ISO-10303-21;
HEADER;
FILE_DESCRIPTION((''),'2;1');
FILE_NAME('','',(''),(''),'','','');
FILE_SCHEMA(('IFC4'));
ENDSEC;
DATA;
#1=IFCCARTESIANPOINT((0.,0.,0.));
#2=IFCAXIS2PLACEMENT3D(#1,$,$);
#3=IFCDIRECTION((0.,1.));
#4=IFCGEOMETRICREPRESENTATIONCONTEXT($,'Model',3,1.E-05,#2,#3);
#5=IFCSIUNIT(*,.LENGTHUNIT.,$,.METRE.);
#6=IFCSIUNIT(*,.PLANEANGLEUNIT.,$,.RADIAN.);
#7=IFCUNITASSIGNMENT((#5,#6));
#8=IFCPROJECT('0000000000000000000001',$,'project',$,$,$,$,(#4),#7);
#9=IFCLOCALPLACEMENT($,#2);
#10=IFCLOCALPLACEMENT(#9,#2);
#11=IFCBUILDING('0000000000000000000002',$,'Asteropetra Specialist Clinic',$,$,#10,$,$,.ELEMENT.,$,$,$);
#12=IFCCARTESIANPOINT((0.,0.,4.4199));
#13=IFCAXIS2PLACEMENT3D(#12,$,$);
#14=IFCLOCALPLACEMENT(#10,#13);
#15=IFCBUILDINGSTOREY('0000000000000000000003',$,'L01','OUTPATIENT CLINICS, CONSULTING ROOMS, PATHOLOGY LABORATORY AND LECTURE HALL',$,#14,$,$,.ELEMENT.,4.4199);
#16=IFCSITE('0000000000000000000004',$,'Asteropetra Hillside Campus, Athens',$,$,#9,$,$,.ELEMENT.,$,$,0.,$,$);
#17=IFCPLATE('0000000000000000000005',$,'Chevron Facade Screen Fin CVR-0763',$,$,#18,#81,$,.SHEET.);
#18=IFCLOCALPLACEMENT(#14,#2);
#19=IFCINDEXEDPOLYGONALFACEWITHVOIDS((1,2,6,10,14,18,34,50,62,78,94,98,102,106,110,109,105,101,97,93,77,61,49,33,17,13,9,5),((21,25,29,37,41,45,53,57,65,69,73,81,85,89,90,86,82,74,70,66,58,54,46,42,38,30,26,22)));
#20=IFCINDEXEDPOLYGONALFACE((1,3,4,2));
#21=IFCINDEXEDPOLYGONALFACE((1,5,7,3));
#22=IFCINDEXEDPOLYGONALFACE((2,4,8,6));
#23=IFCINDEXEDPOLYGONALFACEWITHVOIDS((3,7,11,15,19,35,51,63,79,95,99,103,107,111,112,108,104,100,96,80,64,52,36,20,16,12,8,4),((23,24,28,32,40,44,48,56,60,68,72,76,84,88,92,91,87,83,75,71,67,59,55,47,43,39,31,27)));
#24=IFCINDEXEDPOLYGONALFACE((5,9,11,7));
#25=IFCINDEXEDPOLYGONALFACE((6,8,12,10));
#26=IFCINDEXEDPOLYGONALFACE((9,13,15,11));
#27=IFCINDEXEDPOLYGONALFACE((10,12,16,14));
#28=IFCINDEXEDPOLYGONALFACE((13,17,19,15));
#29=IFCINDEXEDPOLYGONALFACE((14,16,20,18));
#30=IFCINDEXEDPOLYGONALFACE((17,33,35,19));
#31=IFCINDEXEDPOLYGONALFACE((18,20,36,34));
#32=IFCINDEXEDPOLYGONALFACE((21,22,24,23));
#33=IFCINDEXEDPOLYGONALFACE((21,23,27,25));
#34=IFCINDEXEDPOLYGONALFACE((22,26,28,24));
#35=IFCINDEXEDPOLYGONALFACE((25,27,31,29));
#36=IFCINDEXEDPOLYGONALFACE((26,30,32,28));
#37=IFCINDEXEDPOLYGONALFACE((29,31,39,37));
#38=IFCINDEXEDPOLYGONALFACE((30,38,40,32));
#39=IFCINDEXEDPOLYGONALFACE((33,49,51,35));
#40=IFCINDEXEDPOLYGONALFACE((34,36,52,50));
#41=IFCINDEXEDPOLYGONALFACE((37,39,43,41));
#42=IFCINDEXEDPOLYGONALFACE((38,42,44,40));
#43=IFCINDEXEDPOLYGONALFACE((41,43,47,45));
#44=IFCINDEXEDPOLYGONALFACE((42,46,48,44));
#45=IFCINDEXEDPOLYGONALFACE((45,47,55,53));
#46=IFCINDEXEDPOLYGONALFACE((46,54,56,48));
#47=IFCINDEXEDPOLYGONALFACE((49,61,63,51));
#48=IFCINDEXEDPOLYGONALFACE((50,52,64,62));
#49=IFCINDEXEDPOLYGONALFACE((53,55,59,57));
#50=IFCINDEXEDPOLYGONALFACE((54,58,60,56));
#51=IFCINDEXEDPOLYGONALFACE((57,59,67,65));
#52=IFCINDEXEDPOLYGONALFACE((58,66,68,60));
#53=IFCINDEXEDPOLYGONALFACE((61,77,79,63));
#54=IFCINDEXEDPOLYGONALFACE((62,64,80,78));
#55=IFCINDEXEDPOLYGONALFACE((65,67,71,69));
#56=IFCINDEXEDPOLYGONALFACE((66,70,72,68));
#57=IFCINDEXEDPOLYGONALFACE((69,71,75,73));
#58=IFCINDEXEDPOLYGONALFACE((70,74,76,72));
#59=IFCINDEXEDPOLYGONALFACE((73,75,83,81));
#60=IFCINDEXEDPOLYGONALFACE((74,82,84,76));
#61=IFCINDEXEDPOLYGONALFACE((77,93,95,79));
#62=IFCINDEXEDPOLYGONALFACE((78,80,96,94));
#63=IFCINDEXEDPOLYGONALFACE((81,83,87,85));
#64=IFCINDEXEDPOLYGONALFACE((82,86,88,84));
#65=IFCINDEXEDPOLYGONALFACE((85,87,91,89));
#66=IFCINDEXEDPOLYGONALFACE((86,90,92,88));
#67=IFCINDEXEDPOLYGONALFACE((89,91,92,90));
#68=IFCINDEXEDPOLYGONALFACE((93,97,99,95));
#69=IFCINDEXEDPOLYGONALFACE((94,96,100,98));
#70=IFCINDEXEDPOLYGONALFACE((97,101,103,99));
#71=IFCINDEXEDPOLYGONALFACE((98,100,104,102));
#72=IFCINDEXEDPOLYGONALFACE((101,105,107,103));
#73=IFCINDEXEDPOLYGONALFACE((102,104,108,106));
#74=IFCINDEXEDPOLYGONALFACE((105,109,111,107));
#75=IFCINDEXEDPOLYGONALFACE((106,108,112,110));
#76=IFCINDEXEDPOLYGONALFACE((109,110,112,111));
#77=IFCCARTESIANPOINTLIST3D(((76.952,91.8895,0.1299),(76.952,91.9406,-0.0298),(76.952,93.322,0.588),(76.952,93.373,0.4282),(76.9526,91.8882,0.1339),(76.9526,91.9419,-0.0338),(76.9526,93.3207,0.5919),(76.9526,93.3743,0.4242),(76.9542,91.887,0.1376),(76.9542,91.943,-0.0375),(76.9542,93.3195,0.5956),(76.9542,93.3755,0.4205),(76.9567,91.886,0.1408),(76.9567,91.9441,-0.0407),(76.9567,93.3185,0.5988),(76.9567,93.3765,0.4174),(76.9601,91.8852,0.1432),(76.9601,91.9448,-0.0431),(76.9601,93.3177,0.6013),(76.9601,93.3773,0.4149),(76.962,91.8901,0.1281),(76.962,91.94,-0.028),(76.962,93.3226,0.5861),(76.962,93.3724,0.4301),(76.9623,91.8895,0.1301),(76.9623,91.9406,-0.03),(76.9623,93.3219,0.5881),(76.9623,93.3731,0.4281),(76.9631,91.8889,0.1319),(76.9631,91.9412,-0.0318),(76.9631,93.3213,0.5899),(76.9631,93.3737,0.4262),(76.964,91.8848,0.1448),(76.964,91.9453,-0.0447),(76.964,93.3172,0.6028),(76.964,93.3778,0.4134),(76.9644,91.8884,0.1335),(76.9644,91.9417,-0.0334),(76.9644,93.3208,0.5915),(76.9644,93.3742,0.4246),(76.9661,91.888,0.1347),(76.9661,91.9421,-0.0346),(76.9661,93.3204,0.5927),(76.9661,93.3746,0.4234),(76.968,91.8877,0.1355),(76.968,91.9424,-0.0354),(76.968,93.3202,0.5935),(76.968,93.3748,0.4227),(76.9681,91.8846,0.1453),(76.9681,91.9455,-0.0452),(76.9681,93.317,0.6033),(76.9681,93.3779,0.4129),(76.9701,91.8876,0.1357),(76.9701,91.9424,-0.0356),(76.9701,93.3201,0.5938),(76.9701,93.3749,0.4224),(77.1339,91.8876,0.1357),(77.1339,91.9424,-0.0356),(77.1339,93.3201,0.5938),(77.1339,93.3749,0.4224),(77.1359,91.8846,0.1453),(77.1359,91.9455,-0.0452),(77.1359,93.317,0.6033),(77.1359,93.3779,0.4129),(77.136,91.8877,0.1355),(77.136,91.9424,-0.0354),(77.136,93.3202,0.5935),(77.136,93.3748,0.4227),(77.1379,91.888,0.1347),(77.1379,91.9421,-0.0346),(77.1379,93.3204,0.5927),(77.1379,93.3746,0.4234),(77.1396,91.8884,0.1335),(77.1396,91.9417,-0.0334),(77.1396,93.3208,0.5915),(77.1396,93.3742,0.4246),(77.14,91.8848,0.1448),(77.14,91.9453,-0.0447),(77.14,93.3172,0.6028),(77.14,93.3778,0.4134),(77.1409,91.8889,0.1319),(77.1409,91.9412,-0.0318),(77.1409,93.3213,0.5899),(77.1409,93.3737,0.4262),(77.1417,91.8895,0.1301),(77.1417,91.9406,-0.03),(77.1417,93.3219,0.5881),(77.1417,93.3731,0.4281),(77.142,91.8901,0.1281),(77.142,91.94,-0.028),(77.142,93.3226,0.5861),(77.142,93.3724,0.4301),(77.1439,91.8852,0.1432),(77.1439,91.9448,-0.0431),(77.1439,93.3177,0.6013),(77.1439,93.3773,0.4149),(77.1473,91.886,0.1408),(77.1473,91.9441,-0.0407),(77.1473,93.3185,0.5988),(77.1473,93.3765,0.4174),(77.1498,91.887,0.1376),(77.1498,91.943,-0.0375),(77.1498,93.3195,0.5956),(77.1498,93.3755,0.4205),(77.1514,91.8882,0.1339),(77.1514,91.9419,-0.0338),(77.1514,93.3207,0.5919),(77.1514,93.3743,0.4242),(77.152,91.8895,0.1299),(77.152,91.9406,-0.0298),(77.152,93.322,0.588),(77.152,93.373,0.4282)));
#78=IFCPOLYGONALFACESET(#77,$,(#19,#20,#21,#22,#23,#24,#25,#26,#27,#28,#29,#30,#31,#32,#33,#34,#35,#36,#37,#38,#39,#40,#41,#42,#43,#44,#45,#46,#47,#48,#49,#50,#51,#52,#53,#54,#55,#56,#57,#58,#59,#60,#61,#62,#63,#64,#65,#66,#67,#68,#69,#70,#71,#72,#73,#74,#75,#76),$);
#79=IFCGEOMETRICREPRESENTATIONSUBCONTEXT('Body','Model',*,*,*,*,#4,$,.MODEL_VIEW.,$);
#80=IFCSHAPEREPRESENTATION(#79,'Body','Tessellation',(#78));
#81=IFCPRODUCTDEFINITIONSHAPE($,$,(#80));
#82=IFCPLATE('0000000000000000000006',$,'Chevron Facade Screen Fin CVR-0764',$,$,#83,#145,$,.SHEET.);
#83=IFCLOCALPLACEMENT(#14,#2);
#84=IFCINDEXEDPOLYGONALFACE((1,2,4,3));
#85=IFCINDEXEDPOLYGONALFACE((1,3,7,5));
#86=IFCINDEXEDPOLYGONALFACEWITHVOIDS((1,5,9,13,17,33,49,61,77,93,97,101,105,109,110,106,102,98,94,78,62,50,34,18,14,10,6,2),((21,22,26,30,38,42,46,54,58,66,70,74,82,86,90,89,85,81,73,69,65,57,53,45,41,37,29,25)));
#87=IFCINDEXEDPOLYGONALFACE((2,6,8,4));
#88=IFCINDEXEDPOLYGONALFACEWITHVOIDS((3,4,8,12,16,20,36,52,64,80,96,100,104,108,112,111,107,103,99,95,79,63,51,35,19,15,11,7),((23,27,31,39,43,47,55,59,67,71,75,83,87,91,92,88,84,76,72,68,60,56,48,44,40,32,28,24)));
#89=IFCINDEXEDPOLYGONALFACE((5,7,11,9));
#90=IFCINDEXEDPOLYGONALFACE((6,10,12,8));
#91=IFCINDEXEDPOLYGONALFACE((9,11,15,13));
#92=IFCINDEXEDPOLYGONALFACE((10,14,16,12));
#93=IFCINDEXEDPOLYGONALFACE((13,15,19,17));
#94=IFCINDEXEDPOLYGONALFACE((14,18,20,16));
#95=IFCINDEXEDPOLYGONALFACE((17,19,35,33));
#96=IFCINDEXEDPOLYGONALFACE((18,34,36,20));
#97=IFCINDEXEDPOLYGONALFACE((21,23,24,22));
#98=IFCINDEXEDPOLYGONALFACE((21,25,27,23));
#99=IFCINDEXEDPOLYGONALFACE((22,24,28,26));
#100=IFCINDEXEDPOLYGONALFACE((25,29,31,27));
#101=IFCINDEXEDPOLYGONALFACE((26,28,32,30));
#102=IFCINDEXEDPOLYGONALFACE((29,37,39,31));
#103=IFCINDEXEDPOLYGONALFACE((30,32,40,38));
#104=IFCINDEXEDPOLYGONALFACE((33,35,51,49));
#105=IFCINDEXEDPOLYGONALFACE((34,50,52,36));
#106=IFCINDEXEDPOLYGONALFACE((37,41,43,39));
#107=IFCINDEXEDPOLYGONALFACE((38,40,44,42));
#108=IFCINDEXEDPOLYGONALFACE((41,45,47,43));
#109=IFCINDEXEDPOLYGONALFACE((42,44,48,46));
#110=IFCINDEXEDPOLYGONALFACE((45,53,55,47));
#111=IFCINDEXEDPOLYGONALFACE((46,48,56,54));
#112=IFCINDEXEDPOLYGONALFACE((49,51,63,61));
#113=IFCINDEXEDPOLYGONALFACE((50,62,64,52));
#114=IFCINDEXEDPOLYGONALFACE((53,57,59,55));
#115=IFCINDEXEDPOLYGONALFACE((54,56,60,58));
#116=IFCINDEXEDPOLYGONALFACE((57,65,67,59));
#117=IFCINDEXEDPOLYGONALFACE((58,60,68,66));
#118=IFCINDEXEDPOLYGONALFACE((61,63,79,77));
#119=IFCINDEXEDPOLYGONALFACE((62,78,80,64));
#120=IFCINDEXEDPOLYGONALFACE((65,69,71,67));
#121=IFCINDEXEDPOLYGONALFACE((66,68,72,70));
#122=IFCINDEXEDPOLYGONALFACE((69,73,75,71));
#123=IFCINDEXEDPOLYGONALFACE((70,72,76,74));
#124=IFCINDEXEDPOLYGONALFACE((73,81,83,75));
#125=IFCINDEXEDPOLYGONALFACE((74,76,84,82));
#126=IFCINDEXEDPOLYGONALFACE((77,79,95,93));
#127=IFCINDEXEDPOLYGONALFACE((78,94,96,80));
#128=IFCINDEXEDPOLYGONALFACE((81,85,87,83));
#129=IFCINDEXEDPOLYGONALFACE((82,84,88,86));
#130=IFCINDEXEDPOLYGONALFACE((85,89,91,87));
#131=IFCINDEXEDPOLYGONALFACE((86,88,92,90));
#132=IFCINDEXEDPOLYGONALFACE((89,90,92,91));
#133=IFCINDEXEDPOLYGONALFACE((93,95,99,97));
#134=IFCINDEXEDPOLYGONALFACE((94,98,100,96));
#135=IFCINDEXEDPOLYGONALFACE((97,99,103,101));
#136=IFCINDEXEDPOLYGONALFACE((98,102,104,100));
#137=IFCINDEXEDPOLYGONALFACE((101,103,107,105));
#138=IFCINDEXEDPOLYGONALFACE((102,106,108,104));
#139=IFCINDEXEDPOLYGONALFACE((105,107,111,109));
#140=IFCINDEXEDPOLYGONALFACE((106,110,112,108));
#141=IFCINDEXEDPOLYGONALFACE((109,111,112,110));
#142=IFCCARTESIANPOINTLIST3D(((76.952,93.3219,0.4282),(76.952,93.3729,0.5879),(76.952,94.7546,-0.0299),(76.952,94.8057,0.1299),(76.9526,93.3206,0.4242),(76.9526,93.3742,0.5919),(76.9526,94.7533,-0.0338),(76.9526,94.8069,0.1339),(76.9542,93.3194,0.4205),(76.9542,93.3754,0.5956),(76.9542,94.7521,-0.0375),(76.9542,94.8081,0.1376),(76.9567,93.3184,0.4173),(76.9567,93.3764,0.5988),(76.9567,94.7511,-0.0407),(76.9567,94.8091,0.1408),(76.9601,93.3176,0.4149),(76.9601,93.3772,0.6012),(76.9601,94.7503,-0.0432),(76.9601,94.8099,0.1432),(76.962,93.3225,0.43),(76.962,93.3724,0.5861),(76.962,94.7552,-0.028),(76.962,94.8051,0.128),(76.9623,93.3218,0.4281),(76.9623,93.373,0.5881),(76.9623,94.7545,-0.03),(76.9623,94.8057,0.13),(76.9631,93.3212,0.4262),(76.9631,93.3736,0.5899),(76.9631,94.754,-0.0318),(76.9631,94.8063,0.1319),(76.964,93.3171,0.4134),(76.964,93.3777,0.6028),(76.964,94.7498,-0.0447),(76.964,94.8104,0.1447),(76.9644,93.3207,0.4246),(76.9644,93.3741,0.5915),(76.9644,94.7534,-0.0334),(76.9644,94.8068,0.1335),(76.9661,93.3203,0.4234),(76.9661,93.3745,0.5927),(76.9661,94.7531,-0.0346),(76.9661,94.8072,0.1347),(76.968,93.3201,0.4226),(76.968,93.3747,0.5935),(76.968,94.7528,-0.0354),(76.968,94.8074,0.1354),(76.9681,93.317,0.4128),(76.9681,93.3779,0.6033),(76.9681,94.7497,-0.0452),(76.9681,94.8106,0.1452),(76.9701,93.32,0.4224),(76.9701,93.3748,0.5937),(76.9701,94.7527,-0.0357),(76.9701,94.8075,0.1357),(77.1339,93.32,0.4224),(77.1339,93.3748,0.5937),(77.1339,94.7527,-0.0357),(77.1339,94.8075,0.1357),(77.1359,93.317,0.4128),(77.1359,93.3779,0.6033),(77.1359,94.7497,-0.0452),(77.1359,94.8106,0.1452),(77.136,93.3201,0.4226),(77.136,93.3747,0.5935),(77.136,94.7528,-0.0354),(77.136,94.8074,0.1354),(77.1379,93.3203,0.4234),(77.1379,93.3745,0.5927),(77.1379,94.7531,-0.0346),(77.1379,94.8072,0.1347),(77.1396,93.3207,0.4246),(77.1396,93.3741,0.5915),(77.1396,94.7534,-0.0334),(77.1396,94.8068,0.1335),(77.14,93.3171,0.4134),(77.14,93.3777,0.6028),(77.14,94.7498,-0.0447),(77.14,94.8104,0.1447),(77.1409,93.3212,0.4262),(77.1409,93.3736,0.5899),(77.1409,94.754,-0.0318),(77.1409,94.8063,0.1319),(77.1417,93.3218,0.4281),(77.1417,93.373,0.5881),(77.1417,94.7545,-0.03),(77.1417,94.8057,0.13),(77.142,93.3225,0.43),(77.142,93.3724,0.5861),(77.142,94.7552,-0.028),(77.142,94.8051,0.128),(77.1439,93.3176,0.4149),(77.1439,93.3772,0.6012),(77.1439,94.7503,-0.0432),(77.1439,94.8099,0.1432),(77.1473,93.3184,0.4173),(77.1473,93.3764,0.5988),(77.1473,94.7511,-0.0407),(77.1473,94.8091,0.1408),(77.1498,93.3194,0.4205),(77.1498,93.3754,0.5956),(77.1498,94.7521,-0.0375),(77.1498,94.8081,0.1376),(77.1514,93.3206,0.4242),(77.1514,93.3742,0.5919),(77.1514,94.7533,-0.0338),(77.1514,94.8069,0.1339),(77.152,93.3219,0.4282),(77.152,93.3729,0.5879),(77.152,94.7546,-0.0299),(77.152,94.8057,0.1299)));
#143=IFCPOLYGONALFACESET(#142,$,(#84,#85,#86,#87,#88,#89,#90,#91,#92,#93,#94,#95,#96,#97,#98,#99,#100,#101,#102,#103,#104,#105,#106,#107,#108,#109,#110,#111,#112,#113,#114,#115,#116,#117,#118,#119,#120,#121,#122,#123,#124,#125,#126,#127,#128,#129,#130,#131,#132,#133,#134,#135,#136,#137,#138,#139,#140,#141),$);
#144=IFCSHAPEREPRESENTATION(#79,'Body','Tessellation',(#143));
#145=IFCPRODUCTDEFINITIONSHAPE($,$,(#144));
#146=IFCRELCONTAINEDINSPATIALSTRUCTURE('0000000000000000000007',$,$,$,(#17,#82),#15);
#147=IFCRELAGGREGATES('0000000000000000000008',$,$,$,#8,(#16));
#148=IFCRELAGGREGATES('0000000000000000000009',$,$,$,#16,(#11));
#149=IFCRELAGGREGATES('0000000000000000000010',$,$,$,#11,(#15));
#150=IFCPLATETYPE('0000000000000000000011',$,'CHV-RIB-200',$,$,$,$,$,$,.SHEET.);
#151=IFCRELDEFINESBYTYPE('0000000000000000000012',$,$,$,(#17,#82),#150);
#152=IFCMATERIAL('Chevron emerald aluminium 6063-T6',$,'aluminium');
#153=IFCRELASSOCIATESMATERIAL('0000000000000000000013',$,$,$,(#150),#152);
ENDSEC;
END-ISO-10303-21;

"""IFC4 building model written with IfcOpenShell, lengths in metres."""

from ifc_helpers import new_model, si_unit, direction, frame, origin, origin_2d, place, context, subcontext, project, spatial, hollow_rectangle, extrude, material, material_profile, profile_set, type_object, element, save


model = new_model("IFC4")

# Units and contexts
model_context = context("Model", 3, precision=1e-05, world=origin(), true_north=direction((0.0, 1.0)))
body_context = subcontext(model_context, "Body", "Model", "MODEL_VIEW")
ifc_project = project(units=[si_unit("LENGTHUNIT", "METRE"), si_unit("PLANEANGLEUNIT", "RADIAN")], contexts=[model_context])

# Site, building, storey
site_placement = place(None, origin())
site = spatial("IfcSite", under=ifc_project, at=site_placement, Name="Asteropetra Hillside Campus, Athens", CompositionType="ELEMENT", RefElevation=0.0)
building_placement = place(site_placement, origin())
building = spatial("IfcBuilding", under=site, at=building_placement, Name="Asteropetra Specialist Clinic", CompositionType="ELEMENT")
storey_placement = place(building_placement, frame((0.0, 0.0, 4.4199)))
storey = spatial("IfcBuildingStorey", under=building, at=storey_placement, Name="L01", Description="OUTPATIENT CLINICS, CONSULTING ROOMS, PATHOLOGY LABORATORY AND LECTURE HALL", CompositionType="ELEMENT", Elevation=4.4199)

# Plates
ifc_material_1 = material(Name="Chevron emerald aluminium 6063-T6", Category="aluminium")
ifc_material_profile = material_profile(ifc_material_1, hollow_rectangle(XDim=0.2, YDim=0.2, WallThickness=0.01, InnerFilletRadius=0.0081, OuterFilletRadius=0.0161, at=origin_2d()), Name="SHS 200x200x10.0")
ifc_profile_set = profile_set([ifc_material_profile], Name="Chevron emerald aluminium 6063-T6")
plate_type_1 = type_object("IfcPlateType", Name="CHV-RIB-200", PredefinedType="SHEET", material=ifc_profile_set)
plate_1_placement = place(storey_placement, frame((77.052, 91.915, 0.05), z_axis=(0.0, 0.952492, 0.304564), x_axis=(-1.0, 0.0, 0.0)))
element("IfcPlate", 1, at=plate_1_placement, inside=storey, type_object=plate_type_1, Name="Chevron Facade Screen Fin CVR-0763", PredefinedType="SHEET", context=body_context, shape_type="SweptSolid", body=[
    extrude(hollow_rectangle(XDim=0.2, YDim=0.2, WallThickness=0.01, InnerFilletRadius=0.0081, OuterFilletRadius=0.0161, at=origin_2d()), origin(), (0.0, 0.0, 1.0), 1.5039),
])
plate_2_placement = place(storey_placement, frame((77.052, 93.3474, 0.5081), z_axis=(0.0, 0.952507, -0.304517), x_axis=(-1.0, 0.0, 0.0)))
element("IfcPlate", 2, at=plate_2_placement, inside=storey, type_object=plate_type_1, Name="Chevron Facade Screen Fin CVR-0764", PredefinedType="SHEET", context=body_context, shape_type="SweptSolid", body=[
    extrude(hollow_rectangle(XDim=0.2, YDim=0.2, WallThickness=0.01, InnerFilletRadius=0.0081, OuterFilletRadius=0.0161, at=origin_2d()), origin(), (0.0, 0.0, 1.0), 1.5042),
])

save(model, "model.ifc")
